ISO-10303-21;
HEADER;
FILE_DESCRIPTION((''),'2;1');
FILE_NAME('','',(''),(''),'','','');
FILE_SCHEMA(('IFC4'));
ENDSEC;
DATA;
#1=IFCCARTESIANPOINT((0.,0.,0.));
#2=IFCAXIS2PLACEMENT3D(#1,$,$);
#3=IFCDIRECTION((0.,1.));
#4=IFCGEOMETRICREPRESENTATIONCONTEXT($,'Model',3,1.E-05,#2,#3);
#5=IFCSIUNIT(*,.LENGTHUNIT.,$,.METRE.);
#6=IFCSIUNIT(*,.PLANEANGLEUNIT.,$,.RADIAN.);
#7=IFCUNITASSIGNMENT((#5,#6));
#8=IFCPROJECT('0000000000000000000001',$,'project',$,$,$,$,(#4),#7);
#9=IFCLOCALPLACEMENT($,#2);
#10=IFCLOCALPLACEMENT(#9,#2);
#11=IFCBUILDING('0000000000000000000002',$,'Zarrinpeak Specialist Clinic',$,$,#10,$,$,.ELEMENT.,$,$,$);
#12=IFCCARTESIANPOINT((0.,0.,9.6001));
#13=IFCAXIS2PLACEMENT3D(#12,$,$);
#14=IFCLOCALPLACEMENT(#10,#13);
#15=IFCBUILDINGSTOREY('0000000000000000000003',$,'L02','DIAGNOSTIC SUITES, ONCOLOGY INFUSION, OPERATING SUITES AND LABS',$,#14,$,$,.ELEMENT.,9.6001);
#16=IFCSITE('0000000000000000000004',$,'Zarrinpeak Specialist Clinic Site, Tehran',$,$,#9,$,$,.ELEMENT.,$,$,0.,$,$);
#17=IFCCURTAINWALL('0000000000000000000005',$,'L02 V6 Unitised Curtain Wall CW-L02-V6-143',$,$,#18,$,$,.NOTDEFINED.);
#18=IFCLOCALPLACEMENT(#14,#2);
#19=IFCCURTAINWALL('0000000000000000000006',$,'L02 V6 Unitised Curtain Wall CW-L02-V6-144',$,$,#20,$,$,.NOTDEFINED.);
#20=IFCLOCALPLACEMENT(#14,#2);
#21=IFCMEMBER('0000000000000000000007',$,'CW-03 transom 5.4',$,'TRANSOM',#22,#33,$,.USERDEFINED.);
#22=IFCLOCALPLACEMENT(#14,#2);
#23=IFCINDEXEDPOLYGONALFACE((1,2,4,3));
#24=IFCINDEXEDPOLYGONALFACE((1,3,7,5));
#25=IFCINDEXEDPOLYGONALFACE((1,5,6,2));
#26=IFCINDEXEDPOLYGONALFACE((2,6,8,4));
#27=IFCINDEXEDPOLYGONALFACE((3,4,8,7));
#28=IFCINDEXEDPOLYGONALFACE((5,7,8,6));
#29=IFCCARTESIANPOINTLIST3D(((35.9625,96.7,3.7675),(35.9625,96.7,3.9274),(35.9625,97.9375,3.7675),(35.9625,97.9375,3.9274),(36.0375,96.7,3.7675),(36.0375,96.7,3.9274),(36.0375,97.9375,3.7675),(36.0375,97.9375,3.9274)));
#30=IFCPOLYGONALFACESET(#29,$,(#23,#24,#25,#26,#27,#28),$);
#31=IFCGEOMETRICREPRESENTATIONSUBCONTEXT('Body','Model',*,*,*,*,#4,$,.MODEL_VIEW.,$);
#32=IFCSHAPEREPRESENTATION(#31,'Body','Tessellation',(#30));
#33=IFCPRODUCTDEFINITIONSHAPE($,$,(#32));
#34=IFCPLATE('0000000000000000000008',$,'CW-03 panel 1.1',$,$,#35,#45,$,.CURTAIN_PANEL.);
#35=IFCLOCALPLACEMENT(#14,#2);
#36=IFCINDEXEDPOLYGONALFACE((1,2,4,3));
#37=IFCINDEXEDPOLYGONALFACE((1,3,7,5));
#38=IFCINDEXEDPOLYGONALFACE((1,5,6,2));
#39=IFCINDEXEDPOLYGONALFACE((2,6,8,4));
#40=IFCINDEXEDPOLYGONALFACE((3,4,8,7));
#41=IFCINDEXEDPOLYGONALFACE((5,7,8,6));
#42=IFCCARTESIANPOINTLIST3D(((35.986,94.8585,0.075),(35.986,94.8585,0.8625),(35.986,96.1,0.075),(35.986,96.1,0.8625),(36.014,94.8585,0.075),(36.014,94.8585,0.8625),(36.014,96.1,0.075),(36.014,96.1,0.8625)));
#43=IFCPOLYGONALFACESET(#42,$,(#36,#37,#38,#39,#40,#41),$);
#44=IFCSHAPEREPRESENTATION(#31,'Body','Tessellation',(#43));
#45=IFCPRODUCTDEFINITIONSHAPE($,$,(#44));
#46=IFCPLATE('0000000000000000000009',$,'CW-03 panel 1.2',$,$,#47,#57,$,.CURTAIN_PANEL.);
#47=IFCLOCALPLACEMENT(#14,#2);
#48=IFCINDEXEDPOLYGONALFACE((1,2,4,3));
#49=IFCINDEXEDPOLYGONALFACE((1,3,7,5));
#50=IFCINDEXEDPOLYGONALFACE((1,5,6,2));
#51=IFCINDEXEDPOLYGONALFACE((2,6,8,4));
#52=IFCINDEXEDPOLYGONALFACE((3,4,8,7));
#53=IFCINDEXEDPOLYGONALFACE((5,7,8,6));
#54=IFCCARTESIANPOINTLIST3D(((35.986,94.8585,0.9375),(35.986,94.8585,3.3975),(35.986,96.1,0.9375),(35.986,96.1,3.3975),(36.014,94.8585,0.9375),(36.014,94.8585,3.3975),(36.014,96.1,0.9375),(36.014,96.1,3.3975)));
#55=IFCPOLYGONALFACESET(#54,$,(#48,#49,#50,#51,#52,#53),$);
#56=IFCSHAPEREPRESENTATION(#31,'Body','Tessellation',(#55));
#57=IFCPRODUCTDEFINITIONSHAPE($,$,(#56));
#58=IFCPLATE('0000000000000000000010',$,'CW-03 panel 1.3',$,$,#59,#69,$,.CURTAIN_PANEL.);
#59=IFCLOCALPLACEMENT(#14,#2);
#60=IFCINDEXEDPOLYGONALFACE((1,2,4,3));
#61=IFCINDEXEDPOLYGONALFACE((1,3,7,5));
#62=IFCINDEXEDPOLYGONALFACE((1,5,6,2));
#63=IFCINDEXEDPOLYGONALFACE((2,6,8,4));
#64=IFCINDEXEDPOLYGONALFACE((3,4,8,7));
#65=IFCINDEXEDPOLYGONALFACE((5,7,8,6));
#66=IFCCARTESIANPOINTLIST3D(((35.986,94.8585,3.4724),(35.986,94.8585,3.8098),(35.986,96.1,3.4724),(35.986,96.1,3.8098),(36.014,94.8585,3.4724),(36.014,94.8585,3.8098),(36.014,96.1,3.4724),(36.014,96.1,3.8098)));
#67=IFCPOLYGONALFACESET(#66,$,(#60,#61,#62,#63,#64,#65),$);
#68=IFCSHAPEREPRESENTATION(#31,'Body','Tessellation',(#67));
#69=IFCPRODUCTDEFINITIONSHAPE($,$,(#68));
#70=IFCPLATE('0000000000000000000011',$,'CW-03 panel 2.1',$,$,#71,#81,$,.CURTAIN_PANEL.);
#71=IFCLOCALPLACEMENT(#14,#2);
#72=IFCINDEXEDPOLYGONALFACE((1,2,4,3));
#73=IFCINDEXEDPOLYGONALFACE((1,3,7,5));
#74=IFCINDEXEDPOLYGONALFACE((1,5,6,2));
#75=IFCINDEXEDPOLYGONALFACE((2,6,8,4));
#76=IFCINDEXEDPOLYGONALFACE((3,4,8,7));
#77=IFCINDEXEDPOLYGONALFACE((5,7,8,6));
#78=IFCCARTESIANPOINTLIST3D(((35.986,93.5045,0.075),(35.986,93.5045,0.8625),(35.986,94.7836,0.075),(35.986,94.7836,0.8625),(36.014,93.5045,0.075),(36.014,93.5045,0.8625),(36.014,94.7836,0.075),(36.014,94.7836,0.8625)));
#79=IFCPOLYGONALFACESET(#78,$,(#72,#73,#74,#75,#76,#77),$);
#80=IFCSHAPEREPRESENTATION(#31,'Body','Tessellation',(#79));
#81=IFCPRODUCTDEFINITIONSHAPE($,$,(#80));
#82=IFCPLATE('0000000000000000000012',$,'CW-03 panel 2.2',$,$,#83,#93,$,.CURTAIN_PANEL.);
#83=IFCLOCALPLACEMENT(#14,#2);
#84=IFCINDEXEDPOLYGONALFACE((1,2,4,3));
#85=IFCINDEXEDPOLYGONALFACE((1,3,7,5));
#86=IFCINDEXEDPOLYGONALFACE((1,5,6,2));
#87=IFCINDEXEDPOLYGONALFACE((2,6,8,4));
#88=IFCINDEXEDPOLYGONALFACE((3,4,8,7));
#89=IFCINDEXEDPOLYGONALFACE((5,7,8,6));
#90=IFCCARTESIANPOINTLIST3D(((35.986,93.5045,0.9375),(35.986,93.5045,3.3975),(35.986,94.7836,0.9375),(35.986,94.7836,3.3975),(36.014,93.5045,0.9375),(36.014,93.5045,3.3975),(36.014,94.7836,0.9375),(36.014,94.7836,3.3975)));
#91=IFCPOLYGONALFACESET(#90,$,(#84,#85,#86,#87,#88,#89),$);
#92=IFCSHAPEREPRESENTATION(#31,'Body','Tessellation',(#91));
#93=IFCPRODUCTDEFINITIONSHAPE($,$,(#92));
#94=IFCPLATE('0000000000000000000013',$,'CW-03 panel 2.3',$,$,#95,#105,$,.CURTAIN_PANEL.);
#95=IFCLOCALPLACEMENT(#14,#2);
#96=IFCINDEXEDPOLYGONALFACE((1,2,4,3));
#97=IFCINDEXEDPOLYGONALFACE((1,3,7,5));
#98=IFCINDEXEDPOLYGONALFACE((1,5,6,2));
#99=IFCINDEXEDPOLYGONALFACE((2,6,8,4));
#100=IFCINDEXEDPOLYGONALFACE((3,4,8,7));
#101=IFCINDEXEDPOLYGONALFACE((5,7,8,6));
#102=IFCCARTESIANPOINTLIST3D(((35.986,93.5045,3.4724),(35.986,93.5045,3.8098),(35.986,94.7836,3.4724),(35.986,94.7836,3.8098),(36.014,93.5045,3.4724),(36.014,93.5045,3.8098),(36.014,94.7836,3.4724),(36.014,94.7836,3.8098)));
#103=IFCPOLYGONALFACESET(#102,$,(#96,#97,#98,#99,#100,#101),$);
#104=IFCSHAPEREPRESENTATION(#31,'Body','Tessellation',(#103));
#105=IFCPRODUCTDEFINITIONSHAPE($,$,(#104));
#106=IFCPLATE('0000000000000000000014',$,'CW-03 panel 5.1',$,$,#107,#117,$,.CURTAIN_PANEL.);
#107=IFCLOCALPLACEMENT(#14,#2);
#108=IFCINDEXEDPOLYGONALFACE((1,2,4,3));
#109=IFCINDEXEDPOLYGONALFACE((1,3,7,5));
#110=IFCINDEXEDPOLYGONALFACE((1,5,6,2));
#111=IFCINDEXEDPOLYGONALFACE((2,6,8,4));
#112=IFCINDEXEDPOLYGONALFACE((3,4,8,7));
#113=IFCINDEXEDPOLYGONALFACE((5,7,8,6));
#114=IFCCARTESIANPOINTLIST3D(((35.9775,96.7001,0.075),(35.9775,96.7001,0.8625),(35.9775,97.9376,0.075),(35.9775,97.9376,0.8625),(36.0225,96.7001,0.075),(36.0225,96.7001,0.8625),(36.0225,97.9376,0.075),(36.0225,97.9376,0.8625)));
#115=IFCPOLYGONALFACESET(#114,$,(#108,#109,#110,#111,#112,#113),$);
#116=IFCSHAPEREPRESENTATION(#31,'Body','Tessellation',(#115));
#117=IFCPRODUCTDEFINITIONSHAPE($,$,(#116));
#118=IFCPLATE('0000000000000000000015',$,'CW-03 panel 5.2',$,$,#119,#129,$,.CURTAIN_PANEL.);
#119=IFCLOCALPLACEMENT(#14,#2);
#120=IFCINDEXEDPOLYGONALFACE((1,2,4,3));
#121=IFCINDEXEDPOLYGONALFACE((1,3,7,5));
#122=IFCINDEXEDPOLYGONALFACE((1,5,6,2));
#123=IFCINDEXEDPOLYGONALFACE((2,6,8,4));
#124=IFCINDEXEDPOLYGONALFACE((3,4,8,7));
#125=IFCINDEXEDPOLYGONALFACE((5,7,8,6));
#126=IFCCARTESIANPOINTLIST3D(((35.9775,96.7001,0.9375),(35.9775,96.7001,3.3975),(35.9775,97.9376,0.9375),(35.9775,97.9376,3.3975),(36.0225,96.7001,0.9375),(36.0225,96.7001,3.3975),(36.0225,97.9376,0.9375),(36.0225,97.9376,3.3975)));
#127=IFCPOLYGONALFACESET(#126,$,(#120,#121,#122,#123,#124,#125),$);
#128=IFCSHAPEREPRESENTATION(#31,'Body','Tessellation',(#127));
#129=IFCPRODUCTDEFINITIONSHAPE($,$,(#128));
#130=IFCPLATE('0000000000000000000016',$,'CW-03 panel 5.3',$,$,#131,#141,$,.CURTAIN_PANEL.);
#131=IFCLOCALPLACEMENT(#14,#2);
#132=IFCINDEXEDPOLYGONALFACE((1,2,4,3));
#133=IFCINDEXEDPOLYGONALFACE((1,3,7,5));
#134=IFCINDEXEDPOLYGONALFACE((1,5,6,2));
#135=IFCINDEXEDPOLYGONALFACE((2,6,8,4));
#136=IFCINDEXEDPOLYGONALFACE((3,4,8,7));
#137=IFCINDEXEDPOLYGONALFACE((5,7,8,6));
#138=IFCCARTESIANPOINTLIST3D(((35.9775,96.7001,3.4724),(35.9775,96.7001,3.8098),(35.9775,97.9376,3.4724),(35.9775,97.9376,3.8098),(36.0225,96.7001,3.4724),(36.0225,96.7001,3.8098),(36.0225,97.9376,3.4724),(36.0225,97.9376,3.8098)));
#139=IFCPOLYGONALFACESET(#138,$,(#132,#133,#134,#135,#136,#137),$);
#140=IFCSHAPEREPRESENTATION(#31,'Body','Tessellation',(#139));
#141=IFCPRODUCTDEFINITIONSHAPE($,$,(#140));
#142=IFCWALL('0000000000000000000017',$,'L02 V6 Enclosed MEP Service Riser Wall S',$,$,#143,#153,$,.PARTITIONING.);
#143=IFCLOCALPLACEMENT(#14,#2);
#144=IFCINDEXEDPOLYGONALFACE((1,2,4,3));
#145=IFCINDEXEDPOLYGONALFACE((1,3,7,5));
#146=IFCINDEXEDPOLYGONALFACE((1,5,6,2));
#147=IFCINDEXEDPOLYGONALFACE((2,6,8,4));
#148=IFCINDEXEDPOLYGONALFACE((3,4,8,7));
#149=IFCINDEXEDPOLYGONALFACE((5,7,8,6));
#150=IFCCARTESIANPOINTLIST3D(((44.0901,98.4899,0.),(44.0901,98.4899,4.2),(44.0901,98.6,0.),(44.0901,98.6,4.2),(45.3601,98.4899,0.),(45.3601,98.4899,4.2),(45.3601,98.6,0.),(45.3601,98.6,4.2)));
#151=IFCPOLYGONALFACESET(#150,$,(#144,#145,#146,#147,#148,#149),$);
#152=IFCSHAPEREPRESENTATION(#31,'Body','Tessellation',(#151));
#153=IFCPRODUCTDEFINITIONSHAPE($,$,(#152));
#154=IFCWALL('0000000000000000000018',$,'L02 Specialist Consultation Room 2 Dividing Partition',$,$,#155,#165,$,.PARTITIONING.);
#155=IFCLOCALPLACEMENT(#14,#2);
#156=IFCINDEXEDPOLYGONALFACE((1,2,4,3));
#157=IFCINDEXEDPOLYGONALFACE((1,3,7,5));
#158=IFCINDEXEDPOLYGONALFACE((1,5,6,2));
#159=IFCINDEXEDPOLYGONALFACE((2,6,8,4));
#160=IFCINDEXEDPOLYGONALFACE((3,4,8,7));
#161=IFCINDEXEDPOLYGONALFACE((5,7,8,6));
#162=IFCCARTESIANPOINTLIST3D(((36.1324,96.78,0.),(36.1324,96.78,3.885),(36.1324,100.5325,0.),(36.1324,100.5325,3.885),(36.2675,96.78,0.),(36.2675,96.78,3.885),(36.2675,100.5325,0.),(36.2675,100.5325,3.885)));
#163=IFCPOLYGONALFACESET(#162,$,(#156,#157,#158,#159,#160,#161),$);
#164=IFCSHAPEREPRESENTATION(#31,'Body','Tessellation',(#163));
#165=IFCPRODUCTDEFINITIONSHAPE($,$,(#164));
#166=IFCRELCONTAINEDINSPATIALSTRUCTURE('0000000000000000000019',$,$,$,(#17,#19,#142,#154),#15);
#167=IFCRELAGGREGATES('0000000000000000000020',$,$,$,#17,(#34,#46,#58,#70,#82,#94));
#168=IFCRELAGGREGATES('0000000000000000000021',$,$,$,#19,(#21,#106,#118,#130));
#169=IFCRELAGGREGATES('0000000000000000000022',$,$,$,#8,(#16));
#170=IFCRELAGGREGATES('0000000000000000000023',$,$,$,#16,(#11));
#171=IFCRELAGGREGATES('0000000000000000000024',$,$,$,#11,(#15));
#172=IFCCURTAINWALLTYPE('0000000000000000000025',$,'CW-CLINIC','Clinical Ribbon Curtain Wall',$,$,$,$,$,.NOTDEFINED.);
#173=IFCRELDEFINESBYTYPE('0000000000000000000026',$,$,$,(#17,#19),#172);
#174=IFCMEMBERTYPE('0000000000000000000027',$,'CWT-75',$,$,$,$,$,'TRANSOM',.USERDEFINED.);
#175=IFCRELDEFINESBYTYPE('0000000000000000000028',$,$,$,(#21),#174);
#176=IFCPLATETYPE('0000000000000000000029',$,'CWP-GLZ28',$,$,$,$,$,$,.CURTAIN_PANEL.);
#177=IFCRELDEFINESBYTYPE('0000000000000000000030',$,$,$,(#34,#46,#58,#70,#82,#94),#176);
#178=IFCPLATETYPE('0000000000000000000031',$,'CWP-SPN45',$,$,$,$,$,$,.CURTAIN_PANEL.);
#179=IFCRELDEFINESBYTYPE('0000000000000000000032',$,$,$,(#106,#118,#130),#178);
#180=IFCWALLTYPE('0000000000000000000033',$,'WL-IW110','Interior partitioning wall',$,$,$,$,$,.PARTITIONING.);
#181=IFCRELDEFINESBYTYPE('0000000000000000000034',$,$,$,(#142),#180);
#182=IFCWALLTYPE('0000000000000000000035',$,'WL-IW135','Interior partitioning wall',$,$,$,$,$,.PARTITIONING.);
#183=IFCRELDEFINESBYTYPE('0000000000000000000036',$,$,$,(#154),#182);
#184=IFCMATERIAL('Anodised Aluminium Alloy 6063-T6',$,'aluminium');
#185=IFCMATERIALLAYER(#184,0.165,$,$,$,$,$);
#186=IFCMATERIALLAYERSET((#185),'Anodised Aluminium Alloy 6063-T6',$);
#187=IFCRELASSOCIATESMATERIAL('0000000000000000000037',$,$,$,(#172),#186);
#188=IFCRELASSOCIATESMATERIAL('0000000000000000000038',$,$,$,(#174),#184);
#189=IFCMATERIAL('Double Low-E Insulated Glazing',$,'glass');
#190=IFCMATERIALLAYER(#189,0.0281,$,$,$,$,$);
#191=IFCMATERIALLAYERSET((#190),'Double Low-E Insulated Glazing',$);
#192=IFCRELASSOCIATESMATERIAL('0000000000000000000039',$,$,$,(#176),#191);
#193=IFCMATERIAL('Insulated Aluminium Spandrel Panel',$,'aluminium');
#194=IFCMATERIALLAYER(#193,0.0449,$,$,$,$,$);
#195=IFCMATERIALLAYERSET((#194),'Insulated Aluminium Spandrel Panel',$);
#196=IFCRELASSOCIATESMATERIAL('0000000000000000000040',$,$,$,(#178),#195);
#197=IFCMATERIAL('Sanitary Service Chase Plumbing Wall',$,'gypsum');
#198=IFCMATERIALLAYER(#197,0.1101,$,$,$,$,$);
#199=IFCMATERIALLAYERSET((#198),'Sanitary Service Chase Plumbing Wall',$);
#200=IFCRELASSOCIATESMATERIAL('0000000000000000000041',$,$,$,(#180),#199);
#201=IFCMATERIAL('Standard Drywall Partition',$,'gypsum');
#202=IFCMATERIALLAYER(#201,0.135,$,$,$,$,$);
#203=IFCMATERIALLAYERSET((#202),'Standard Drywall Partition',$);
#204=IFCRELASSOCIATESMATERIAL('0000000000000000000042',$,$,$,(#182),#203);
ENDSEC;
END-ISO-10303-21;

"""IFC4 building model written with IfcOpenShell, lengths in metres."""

from ifc_helpers import new_model, si_unit, direction, frame, frame_2d, origin, origin_2d, place, context, subcontext, project, spatial, rectangle, extrude, material, layer, layer_set, material_profile, profile_set, type_object, element, aggregate, save


model = new_model("IFC4")

# Units and contexts
model_context = context("Model", 3, precision=1e-05, world=origin(), true_north=direction((0.0, 1.0)))
body_context = subcontext(model_context, "Body", "Model", "MODEL_VIEW")
ifc_project = project(units=[si_unit("LENGTHUNIT", "METRE"), si_unit("PLANEANGLEUNIT", "RADIAN")], contexts=[model_context])

# Site, building, storey
site_placement = place(None, origin())
site = spatial("IfcSite", under=ifc_project, at=site_placement, Name="Zarrinpeak Specialist Clinic Site, Tehran", CompositionType="ELEMENT", RefElevation=0.0)
building_placement = place(site_placement, origin())
building = spatial("IfcBuilding", under=site, at=building_placement, Name="Zarrinpeak Specialist Clinic", CompositionType="ELEMENT")
storey_placement = place(building_placement, frame((0.0, 0.0, 9.6001)))
storey = spatial("IfcBuildingStorey", under=building, at=storey_placement, Name="L02", Description="DIAGNOSTIC SUITES, ONCOLOGY INFUSION, OPERATING SUITES AND LABS", CompositionType="ELEMENT", Elevation=9.6001)

# Curtain walls
ifc_material_1 = material(Name="Anodised Aluminium Alloy 6063-T6", Category="aluminium")
ifc_layer_1 = layer(ifc_material_1, 0.165)
ifc_layer_set_1 = layer_set([ifc_layer_1], Name="Anodised Aluminium Alloy 6063-T6")
curtain_wall_type = type_object("IfcCurtainWallType", Name="CW-CLINIC", Description="Clinical Ribbon Curtain Wall", PredefinedType="NOTDEFINED", material=ifc_layer_set_1)
curtain_wall_1_placement = place(storey_placement, origin())
curtain_wall_1 = element("IfcCurtainWall", 1, at=curtain_wall_1_placement, inside=storey, type_object=curtain_wall_type, Name="L02 V6 Unitised Curtain Wall CW-L02-V6-143", PredefinedType="NOTDEFINED")
curtain_wall_2_placement = place(storey_placement, origin())
curtain_wall_2 = element("IfcCurtainWall", 2, at=curtain_wall_2_placement, inside=storey, type_object=curtain_wall_type, Name="L02 V6 Unitised Curtain Wall CW-L02-V6-144", PredefinedType="NOTDEFINED")

# Member
ifc_material_profile_1 = material_profile(ifc_material_1, rectangle(XDim=0.075, YDim=0.1599, at=origin_2d()), Name="ALU 75x160")
ifc_profile_set_1 = profile_set([ifc_material_profile_1], Name="Anodised Aluminium Alloy 6063-T6")
member_type_1 = type_object("IfcMemberType", Name="CWT-75", ElementType="TRANSOM", PredefinedType="USERDEFINED", material=ifc_profile_set_1)
member_1_placement = place(storey_placement, frame((36.0, 97.9375, 3.8474), z_axis=(0.0, -1.0, 0.0), x_axis=(1.0, 0.0, 0.0)))
member_1 = element("IfcMember", 3, at=member_1_placement, type_object=member_type_1, Name="CW-03 transom 5.4", ObjectType="TRANSOM", PredefinedType="USERDEFINED", context=body_context, shape_type="SweptSolid", body=[
    extrude(rectangle(XDim=0.075, YDim=0.1599, at=origin_2d()), origin(), (0.0, 0.0, 1.0), 1.2375),
])

# Plates
ifc_material_2 = material(Name="Double Low-E Insulated Glazing", Category="glass")
ifc_layer_2 = layer(ifc_material_2, 0.0281)
ifc_layer_set_2 = layer_set([ifc_layer_2], Name="Double Low-E Insulated Glazing")
plate_type_1 = type_object("IfcPlateType", Name="CWP-GLZ28", PredefinedType="CURTAIN_PANEL", material=ifc_layer_set_2)
plate_1_placement = place(storey_placement, frame((36.0, 95.4792, 0.075), z_axis=(0.0, 0.0, 1.0), x_axis=(0.0, -1.0, 0.0)))
plate_1 = element("IfcPlate", 4, at=plate_1_placement, type_object=plate_type_1, Name="CW-03 panel 1.1", PredefinedType="CURTAIN_PANEL", context=body_context, shape_type="SweptSolid", body=[
    extrude(rectangle(XDim=1.2415, YDim=0.0281, at=origin_2d()), origin(), (0.0, 0.0, 1.0), 0.7876),
])
plate_2_placement = place(storey_placement, frame((36.0, 95.4792, 0.9375), z_axis=(0.0, 0.0, 1.0), x_axis=(0.0, -1.0, 0.0)))
plate_2 = element("IfcPlate", 5, at=plate_2_placement, type_object=plate_type_1, Name="CW-03 panel 1.2", PredefinedType="CURTAIN_PANEL", context=body_context, shape_type="SweptSolid", body=[
    extrude(rectangle(XDim=1.2415, YDim=0.0281, at=origin_2d()), origin(), (0.0, 0.0, 1.0), 2.46),
])
plate_3_placement = place(storey_placement, frame((36.0, 95.4792, 3.4724), z_axis=(0.0, 0.0, 1.0), x_axis=(0.0, -1.0, 0.0)))
plate_3 = element("IfcPlate", 6, at=plate_3_placement, type_object=plate_type_1, Name="CW-03 panel 1.3", PredefinedType="CURTAIN_PANEL", context=body_context, shape_type="SweptSolid", body=[
    extrude(rectangle(XDim=1.2415, YDim=0.0281, at=origin_2d()), origin(), (0.0, 0.0, 1.0), 0.3374),
])
plate_4_placement = place(storey_placement, frame((36.0, 94.144, 0.075), z_axis=(0.0, 0.0, 1.0), x_axis=(0.0, -1.0, 0.0)))
plate_4 = element("IfcPlate", 7, at=plate_4_placement, type_object=plate_type_1, Name="CW-03 panel 2.1", PredefinedType="CURTAIN_PANEL", context=body_context, shape_type="SweptSolid", body=[
    extrude(rectangle(XDim=1.2791, YDim=0.0281, at=origin_2d()), origin(), (0.0, 0.0, 1.0), 0.7876),
])
plate_5_placement = place(storey_placement, frame((36.0, 94.144, 0.9375), z_axis=(0.0, 0.0, 1.0), x_axis=(0.0, -1.0, 0.0)))
plate_5 = element("IfcPlate", 8, at=plate_5_placement, type_object=plate_type_1, Name="CW-03 panel 2.2", PredefinedType="CURTAIN_PANEL", context=body_context, shape_type="SweptSolid", body=[
    extrude(rectangle(XDim=1.2791, YDim=0.0281, at=origin_2d()), origin(), (0.0, 0.0, 1.0), 2.46),
])
plate_6_placement = place(storey_placement, frame((36.0, 94.144, 3.4724), z_axis=(0.0, 0.0, 1.0), x_axis=(0.0, -1.0, 0.0)))
plate_6 = element("IfcPlate", 9, at=plate_6_placement, type_object=plate_type_1, Name="CW-03 panel 2.3", PredefinedType="CURTAIN_PANEL", context=body_context, shape_type="SweptSolid", body=[
    extrude(rectangle(XDim=1.2791, YDim=0.0281, at=origin_2d()), origin(), (0.0, 0.0, 1.0), 0.3374),
])
aggregate(curtain_wall_1, [plate_1, plate_2, plate_3, plate_4, plate_5, plate_6])
ifc_material_3 = material(Name="Insulated Aluminium Spandrel Panel", Category="aluminium")
ifc_layer_3 = layer(ifc_material_3, 0.0449)
ifc_layer_set_3 = layer_set([ifc_layer_3], Name="Insulated Aluminium Spandrel Panel")
plate_type_2 = type_object("IfcPlateType", Name="CWP-SPN45", PredefinedType="CURTAIN_PANEL", material=ifc_layer_set_3)
plate_7_placement = place(storey_placement, frame((36.0, 97.3188, 0.075), z_axis=(0.0, 0.0, 1.0), x_axis=(0.0, -1.0, 0.0)))
plate_7 = element("IfcPlate", 10, at=plate_7_placement, type_object=plate_type_2, Name="CW-03 panel 5.1", PredefinedType="CURTAIN_PANEL", context=body_context, shape_type="SweptSolid", body=[
    extrude(rectangle(XDim=1.2375, YDim=0.0449, at=origin_2d()), origin(), (0.0, 0.0, 1.0), 0.7876),
])
plate_8_placement = place(storey_placement, frame((36.0, 97.3188, 0.9375), z_axis=(0.0, 0.0, 1.0), x_axis=(0.0, -1.0, 0.0)))
plate_8 = element("IfcPlate", 11, at=plate_8_placement, type_object=plate_type_2, Name="CW-03 panel 5.2", PredefinedType="CURTAIN_PANEL", context=body_context, shape_type="SweptSolid", body=[
    extrude(rectangle(XDim=1.2375, YDim=0.0449, at=origin_2d()), origin(), (0.0, 0.0, 1.0), 2.46),
])
plate_9_placement = place(storey_placement, frame((36.0, 97.3188, 3.4724), z_axis=(0.0, 0.0, 1.0), x_axis=(0.0, -1.0, 0.0)))
plate_9 = element("IfcPlate", 12, at=plate_9_placement, type_object=plate_type_2, Name="CW-03 panel 5.3", PredefinedType="CURTAIN_PANEL", context=body_context, shape_type="SweptSolid", body=[
    extrude(rectangle(XDim=1.2375, YDim=0.0449, at=origin_2d()), origin(), (0.0, 0.0, 1.0), 0.3374),
])
aggregate(curtain_wall_2, [member_1, plate_7, plate_8, plate_9])

# Walls
ifc_material_4 = material(Name="Sanitary Service Chase Plumbing Wall", Category="gypsum")
ifc_layer_4 = layer(ifc_material_4, 0.1101)
ifc_layer_set_4 = layer_set([ifc_layer_4], Name="Sanitary Service Chase Plumbing Wall")
wall_type_1 = type_object("IfcWallType", Name="WL-IW110", Description="Interior partitioning wall", PredefinedType="PARTITIONING", material=ifc_layer_set_4)
wall_1_placement = place(storey_placement, frame((44.0901, 98.5449, 0.0), z_axis=(0.0, 0.0, 1.0), x_axis=(1.0, 0.0, 0.0)))
element("IfcWall", 13, at=wall_1_placement, inside=storey, type_object=wall_type_1, Name="L02 V6 Enclosed MEP Service Riser Wall S", PredefinedType="PARTITIONING", context=body_context, shape_type="SweptSolid", body=[
    extrude(rectangle(XDim=1.27, YDim=0.1101, at=frame_2d((0.635, 0.0))), origin(), (0.0, 0.0, 1.0), 4.2),
])
ifc_material_5 = material(Name="Standard Drywall Partition", Category="gypsum")
ifc_layer_5 = layer(ifc_material_5, 0.135)
ifc_layer_set_5 = layer_set([ifc_layer_5], Name="Standard Drywall Partition")
wall_type_2 = type_object("IfcWallType", Name="WL-IW135", Description="Interior partitioning wall", PredefinedType="PARTITIONING", material=ifc_layer_set_5)
wall_2_placement = place(storey_placement, frame((36.2, 96.78, 0.0), z_axis=(0.0, 0.0, 1.0), x_axis=(0.0, 1.0, 0.0)))
element("IfcWall", 14, at=wall_2_placement, inside=storey, type_object=wall_type_2, Name="L02 Specialist Consultation Room 2 Dividing Partition", PredefinedType="PARTITIONING", context=body_context, shape_type="SweptSolid", body=[
    extrude(rectangle(XDim=3.7524, YDim=0.135, at=frame_2d((1.8762, 0.0))), origin(), (0.0, 0.0, 1.0), 3.885),
])

save(model, "model.ifc")
